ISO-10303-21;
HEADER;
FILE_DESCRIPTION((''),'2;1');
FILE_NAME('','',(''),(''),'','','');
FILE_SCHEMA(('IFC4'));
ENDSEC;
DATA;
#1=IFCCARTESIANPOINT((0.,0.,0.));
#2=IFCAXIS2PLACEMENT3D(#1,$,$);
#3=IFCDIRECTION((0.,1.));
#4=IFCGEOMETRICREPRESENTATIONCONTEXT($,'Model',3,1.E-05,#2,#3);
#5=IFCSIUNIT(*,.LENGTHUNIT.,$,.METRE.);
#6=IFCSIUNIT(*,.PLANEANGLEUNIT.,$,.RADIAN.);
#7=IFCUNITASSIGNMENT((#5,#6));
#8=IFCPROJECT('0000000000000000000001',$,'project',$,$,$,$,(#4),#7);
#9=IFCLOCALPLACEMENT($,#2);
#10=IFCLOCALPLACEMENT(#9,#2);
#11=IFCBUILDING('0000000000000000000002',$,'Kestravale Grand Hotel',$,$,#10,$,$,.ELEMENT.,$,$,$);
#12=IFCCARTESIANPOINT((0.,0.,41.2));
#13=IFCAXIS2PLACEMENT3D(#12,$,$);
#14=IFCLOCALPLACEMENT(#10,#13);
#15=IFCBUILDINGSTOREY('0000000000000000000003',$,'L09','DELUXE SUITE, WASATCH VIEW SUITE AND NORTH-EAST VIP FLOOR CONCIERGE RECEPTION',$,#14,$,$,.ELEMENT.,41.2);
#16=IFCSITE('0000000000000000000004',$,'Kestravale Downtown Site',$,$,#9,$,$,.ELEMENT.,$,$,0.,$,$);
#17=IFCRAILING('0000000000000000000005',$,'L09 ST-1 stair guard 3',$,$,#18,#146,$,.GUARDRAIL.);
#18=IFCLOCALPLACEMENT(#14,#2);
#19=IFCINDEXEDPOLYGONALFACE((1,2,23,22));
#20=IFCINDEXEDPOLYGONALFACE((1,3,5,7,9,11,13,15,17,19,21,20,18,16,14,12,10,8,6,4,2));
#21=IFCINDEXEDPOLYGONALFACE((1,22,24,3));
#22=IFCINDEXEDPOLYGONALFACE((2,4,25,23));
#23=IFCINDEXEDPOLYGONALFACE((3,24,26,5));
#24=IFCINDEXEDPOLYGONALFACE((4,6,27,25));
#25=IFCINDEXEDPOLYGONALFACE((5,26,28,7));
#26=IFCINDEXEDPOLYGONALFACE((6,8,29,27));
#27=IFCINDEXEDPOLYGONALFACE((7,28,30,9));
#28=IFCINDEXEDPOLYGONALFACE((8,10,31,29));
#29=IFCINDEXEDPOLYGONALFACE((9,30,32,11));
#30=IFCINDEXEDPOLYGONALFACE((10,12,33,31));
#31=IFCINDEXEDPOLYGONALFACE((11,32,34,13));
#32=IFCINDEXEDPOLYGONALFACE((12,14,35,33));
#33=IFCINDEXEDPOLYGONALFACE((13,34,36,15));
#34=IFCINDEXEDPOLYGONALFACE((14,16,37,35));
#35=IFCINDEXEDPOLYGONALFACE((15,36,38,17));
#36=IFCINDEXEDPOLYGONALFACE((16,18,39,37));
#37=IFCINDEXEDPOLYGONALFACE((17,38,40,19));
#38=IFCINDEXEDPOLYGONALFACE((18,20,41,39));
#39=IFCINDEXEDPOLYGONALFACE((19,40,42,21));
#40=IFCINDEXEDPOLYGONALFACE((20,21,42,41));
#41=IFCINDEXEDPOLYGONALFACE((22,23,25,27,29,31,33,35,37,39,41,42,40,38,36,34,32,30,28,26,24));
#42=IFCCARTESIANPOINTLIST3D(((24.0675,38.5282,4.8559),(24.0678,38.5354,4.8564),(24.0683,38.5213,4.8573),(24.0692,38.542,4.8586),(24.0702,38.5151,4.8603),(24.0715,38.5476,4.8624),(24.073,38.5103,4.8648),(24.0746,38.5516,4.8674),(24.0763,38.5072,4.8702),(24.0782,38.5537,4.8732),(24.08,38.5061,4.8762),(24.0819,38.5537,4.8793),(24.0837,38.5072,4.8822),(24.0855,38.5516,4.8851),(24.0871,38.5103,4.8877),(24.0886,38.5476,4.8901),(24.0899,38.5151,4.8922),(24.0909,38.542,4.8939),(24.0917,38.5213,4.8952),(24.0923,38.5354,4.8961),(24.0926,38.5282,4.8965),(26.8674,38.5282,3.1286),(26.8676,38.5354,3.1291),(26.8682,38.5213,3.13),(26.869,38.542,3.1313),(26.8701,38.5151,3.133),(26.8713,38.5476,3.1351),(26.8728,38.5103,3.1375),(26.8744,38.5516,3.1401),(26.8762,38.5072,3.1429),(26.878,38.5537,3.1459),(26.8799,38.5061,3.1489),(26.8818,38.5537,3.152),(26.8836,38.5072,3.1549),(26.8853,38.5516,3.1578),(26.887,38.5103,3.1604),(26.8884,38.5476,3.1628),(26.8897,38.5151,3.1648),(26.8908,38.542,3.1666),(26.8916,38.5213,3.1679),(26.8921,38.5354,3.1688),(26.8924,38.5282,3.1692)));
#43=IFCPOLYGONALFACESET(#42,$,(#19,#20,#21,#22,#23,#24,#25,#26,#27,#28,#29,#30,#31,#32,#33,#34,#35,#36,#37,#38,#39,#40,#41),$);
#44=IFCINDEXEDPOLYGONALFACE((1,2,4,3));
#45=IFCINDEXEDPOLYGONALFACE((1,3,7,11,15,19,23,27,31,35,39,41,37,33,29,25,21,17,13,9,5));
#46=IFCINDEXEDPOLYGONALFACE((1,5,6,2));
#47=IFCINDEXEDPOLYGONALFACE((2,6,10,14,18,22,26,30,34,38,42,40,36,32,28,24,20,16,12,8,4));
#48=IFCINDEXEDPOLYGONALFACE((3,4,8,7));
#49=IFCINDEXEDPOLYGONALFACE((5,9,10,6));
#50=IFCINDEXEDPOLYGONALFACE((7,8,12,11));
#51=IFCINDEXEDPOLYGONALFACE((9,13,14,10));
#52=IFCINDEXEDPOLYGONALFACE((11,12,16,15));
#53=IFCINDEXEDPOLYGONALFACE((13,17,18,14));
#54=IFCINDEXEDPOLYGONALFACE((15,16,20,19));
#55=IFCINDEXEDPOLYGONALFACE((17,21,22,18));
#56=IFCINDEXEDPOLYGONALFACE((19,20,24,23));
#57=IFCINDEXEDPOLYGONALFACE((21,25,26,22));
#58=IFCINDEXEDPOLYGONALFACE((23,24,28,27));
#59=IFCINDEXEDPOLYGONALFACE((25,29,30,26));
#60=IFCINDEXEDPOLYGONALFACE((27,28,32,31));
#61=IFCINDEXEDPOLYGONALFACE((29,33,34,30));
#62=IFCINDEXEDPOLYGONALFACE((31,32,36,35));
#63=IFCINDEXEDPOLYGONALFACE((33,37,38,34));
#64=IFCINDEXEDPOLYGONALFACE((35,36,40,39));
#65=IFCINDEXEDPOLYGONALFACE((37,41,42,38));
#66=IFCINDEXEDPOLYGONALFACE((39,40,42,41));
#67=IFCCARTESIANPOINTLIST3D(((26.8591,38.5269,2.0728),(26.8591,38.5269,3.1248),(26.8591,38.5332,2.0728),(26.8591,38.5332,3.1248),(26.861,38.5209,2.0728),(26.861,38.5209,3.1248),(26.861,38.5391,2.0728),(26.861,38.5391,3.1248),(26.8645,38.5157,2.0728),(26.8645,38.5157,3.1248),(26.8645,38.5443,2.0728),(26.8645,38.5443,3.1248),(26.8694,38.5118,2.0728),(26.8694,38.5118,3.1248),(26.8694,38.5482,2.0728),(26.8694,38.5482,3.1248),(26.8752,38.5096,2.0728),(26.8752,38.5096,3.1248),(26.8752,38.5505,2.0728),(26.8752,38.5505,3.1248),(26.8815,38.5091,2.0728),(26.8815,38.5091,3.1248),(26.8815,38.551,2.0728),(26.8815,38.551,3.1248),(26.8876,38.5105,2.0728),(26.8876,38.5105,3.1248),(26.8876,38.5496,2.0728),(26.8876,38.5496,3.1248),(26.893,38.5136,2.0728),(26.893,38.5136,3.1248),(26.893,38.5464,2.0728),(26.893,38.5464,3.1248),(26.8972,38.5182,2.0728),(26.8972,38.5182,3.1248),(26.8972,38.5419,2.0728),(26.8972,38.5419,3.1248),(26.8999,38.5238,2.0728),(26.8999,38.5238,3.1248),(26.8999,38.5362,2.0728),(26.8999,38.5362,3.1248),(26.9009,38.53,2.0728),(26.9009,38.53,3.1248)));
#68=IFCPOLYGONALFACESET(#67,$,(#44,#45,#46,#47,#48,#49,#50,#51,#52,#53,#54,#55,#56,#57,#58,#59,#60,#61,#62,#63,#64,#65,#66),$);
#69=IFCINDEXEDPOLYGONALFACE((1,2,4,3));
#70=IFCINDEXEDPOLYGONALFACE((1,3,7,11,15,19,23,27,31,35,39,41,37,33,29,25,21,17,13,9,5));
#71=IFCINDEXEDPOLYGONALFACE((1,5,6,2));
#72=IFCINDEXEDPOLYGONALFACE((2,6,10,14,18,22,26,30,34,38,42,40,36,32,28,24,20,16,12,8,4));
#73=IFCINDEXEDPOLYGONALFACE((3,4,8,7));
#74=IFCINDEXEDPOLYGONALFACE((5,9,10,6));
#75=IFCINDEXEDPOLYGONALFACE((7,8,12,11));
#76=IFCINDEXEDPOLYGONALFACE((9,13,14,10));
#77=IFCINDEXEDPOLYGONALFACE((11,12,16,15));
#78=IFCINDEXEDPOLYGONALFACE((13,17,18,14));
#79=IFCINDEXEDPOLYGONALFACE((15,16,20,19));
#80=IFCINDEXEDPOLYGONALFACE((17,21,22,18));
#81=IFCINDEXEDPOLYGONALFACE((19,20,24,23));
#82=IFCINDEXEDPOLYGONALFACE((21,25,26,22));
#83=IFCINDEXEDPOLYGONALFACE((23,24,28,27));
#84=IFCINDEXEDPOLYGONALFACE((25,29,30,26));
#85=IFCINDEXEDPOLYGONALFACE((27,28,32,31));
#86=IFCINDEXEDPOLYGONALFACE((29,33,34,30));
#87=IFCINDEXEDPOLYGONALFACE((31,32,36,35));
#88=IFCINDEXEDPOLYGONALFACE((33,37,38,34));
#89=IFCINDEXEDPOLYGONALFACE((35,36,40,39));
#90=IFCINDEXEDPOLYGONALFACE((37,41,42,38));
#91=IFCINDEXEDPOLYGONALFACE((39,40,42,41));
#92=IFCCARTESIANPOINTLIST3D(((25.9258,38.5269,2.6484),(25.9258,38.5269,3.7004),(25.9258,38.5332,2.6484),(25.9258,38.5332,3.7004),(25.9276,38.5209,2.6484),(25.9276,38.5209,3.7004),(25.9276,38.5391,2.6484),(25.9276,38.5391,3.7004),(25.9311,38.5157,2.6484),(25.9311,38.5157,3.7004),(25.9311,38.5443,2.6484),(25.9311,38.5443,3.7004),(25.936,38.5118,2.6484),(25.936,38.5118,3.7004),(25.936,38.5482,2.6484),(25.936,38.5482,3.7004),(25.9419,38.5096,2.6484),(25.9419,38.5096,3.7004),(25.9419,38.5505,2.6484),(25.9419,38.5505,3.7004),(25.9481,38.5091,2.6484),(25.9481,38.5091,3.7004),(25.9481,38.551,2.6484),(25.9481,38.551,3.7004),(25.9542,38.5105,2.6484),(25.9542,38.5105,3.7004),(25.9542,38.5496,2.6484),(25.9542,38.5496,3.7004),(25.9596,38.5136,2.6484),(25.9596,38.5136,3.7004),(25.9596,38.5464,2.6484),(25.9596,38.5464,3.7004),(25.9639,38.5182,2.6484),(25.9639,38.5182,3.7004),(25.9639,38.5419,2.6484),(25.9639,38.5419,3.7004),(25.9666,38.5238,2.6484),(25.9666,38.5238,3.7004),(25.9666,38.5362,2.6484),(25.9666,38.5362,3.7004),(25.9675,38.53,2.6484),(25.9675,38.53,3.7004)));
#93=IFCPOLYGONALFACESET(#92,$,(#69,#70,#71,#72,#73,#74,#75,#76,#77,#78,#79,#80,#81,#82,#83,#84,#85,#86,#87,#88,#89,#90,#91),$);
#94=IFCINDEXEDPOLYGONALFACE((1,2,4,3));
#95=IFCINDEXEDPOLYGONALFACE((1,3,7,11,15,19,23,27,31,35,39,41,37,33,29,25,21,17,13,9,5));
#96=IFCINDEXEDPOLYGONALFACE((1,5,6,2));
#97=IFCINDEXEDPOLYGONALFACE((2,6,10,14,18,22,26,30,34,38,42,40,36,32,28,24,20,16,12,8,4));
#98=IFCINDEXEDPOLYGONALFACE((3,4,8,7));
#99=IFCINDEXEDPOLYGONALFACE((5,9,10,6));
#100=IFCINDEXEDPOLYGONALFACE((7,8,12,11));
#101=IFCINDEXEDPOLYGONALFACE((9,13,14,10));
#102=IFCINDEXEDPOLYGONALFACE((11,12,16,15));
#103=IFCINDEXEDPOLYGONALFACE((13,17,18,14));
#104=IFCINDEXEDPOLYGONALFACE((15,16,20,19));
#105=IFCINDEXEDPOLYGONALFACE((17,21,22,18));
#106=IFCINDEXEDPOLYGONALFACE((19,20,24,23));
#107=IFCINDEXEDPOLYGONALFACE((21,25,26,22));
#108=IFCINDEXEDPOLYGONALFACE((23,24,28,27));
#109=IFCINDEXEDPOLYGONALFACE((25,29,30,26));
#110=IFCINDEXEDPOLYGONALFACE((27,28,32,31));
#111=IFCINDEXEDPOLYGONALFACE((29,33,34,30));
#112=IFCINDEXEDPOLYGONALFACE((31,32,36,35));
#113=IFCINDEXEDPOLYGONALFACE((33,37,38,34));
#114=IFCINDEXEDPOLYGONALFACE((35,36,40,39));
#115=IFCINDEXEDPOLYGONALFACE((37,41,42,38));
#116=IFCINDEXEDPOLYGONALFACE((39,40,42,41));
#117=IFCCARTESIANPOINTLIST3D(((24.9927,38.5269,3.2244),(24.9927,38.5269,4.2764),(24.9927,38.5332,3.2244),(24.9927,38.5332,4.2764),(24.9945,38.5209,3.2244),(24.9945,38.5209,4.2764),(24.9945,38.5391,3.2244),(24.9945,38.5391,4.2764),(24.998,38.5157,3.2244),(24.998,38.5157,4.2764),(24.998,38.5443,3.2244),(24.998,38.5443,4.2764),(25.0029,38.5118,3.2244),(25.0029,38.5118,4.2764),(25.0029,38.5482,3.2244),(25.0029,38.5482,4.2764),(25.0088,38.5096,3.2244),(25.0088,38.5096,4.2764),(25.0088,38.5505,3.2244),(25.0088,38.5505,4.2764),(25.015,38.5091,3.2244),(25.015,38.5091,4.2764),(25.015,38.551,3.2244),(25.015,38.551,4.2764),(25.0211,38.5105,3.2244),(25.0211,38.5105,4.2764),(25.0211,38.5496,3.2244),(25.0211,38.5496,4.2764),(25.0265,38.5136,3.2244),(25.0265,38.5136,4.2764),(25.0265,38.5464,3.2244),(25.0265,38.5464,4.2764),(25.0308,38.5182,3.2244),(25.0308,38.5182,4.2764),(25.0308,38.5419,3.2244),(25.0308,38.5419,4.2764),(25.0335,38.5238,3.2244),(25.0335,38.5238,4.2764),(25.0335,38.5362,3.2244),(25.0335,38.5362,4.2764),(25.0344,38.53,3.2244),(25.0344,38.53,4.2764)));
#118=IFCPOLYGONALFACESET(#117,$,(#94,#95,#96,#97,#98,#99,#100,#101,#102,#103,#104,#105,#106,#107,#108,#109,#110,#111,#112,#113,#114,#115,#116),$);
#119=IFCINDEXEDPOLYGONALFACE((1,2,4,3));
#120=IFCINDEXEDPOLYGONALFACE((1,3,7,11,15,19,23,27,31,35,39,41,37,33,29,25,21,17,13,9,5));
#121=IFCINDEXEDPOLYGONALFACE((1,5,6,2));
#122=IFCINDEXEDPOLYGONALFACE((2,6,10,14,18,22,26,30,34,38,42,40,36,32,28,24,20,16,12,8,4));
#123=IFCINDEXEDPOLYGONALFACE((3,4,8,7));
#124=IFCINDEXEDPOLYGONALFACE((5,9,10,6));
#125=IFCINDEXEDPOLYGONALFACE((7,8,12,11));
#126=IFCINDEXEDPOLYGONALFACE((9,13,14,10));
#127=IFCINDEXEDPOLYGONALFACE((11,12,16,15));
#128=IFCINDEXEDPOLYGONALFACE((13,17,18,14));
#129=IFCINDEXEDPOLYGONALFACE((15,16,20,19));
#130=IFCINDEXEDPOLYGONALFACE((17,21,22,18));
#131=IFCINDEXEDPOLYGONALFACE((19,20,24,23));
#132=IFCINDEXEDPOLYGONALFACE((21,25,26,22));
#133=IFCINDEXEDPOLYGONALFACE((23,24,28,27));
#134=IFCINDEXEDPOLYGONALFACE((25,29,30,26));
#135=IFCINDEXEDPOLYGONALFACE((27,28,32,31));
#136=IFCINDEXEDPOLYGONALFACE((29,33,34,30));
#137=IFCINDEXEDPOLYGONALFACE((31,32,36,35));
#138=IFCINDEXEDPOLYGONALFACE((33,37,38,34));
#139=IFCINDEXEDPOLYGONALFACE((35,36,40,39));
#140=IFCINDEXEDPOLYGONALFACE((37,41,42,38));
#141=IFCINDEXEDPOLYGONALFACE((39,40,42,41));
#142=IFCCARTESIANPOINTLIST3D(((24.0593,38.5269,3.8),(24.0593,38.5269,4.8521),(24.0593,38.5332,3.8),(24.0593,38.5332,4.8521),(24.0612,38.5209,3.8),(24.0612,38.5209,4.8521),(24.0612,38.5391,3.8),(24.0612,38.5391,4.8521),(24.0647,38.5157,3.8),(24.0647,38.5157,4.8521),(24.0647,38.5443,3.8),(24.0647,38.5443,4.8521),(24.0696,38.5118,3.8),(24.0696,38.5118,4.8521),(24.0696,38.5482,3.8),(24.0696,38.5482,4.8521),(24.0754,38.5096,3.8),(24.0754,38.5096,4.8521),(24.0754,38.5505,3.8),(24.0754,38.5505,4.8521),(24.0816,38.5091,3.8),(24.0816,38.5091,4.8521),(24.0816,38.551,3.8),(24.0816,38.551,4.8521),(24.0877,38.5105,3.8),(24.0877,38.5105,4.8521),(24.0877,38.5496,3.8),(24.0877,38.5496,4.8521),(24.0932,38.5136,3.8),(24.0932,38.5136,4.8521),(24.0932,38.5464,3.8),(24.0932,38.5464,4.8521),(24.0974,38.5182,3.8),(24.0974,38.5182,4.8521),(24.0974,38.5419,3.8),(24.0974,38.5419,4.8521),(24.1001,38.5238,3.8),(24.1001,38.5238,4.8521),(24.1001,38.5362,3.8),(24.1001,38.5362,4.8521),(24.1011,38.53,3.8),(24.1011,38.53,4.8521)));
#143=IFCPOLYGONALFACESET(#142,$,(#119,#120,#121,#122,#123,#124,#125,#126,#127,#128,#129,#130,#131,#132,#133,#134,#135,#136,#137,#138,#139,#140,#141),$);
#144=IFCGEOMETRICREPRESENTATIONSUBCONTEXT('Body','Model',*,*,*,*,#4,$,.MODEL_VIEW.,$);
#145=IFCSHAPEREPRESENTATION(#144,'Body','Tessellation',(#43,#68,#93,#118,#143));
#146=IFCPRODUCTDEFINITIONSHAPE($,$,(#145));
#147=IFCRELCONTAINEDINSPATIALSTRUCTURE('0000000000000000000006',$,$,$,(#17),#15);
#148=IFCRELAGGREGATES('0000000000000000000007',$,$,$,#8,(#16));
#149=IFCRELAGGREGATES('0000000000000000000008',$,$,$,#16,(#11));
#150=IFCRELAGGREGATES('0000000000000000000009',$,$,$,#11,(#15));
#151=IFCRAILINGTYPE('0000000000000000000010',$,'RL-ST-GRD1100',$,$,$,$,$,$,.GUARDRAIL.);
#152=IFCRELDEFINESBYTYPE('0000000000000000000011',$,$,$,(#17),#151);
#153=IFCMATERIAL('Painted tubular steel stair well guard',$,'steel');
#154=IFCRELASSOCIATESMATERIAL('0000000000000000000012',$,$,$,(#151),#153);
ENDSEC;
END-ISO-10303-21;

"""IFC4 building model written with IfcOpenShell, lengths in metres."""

from ifc_helpers import new_model, si_unit, direction, frame, origin, origin_2d, place, context, subcontext, project, spatial, circle, extrude, material, type_object, element, save


model = new_model("IFC4")

# Units and contexts
model_context = context("Model", 3, precision=1e-05, world=origin(), true_north=direction((0.0, 1.0)))
body_context = subcontext(model_context, "Body", "Model", "MODEL_VIEW")
ifc_project = project(units=[si_unit("LENGTHUNIT", "METRE"), si_unit("PLANEANGLEUNIT", "RADIAN")], contexts=[model_context])

# Site, building, storey
site_placement = place(None, origin())
site = spatial("IfcSite", under=ifc_project, at=site_placement, Name="Kestravale Downtown Site", CompositionType="ELEMENT", RefElevation=0.0)
building_placement = place(site_placement, origin())
building = spatial("IfcBuilding", under=site, at=building_placement, Name="Kestravale Grand Hotel", CompositionType="ELEMENT")
storey_placement = place(building_placement, frame((0.0, 0.0, 41.2)))
storey = spatial("IfcBuildingStorey", under=building, at=storey_placement, Name="L09", Description="DELUXE SUITE, WASATCH VIEW SUITE AND NORTH-EAST VIP FLOOR CONCIERGE RECEPTION", CompositionType="ELEMENT", Elevation=41.2)

# Railing
ifc_material_1 = material(Name="Painted tubular steel stair well guard", Category="steel")
railing_type_1 = type_object("IfcRailingType", Name="RL-ST-GRD1100", PredefinedType="GUARDRAIL", material=ifc_material_1)
railing_1_placement = place(storey_placement, frame((26.8799, 38.53, 2.0728)))
element("IfcRailing", 1, at=railing_1_placement, inside=storey, type_object=railing_type_1, Name="L09 ST-1 stair guard 3", PredefinedType="GUARDRAIL", context=body_context, shape_type="SweptSolid", body=[
    extrude(circle(Radius=0.0239, at=origin_2d()), frame((0.0, 0.0, 1.0762), z_axis=(-0.851069, 0.0, 0.525054), x_axis=(0.0, -1.0, 0.0)), (0.0, 0.0, 1.0), 3.2898),
    extrude(circle(Radius=0.021, at=origin_2d()), origin(), (0.0, 0.0, 1.0), 1.052),
    extrude(circle(Radius=0.021, at=origin_2d()), frame((-0.9333, 0.0, 0.5757)), (0.0, 0.0, 1.0), 1.052),
    extrude(circle(Radius=0.021, at=origin_2d()), frame((-1.8665, 0.0, 1.1516)), (0.0, 0.0, 1.0), 1.052),
    extrude(circle(Radius=0.021, at=origin_2d()), frame((-2.7998, 0.0, 1.7273)), (0.0, 0.0, 1.0), 1.052),
])

save(model, "model.ifc")
